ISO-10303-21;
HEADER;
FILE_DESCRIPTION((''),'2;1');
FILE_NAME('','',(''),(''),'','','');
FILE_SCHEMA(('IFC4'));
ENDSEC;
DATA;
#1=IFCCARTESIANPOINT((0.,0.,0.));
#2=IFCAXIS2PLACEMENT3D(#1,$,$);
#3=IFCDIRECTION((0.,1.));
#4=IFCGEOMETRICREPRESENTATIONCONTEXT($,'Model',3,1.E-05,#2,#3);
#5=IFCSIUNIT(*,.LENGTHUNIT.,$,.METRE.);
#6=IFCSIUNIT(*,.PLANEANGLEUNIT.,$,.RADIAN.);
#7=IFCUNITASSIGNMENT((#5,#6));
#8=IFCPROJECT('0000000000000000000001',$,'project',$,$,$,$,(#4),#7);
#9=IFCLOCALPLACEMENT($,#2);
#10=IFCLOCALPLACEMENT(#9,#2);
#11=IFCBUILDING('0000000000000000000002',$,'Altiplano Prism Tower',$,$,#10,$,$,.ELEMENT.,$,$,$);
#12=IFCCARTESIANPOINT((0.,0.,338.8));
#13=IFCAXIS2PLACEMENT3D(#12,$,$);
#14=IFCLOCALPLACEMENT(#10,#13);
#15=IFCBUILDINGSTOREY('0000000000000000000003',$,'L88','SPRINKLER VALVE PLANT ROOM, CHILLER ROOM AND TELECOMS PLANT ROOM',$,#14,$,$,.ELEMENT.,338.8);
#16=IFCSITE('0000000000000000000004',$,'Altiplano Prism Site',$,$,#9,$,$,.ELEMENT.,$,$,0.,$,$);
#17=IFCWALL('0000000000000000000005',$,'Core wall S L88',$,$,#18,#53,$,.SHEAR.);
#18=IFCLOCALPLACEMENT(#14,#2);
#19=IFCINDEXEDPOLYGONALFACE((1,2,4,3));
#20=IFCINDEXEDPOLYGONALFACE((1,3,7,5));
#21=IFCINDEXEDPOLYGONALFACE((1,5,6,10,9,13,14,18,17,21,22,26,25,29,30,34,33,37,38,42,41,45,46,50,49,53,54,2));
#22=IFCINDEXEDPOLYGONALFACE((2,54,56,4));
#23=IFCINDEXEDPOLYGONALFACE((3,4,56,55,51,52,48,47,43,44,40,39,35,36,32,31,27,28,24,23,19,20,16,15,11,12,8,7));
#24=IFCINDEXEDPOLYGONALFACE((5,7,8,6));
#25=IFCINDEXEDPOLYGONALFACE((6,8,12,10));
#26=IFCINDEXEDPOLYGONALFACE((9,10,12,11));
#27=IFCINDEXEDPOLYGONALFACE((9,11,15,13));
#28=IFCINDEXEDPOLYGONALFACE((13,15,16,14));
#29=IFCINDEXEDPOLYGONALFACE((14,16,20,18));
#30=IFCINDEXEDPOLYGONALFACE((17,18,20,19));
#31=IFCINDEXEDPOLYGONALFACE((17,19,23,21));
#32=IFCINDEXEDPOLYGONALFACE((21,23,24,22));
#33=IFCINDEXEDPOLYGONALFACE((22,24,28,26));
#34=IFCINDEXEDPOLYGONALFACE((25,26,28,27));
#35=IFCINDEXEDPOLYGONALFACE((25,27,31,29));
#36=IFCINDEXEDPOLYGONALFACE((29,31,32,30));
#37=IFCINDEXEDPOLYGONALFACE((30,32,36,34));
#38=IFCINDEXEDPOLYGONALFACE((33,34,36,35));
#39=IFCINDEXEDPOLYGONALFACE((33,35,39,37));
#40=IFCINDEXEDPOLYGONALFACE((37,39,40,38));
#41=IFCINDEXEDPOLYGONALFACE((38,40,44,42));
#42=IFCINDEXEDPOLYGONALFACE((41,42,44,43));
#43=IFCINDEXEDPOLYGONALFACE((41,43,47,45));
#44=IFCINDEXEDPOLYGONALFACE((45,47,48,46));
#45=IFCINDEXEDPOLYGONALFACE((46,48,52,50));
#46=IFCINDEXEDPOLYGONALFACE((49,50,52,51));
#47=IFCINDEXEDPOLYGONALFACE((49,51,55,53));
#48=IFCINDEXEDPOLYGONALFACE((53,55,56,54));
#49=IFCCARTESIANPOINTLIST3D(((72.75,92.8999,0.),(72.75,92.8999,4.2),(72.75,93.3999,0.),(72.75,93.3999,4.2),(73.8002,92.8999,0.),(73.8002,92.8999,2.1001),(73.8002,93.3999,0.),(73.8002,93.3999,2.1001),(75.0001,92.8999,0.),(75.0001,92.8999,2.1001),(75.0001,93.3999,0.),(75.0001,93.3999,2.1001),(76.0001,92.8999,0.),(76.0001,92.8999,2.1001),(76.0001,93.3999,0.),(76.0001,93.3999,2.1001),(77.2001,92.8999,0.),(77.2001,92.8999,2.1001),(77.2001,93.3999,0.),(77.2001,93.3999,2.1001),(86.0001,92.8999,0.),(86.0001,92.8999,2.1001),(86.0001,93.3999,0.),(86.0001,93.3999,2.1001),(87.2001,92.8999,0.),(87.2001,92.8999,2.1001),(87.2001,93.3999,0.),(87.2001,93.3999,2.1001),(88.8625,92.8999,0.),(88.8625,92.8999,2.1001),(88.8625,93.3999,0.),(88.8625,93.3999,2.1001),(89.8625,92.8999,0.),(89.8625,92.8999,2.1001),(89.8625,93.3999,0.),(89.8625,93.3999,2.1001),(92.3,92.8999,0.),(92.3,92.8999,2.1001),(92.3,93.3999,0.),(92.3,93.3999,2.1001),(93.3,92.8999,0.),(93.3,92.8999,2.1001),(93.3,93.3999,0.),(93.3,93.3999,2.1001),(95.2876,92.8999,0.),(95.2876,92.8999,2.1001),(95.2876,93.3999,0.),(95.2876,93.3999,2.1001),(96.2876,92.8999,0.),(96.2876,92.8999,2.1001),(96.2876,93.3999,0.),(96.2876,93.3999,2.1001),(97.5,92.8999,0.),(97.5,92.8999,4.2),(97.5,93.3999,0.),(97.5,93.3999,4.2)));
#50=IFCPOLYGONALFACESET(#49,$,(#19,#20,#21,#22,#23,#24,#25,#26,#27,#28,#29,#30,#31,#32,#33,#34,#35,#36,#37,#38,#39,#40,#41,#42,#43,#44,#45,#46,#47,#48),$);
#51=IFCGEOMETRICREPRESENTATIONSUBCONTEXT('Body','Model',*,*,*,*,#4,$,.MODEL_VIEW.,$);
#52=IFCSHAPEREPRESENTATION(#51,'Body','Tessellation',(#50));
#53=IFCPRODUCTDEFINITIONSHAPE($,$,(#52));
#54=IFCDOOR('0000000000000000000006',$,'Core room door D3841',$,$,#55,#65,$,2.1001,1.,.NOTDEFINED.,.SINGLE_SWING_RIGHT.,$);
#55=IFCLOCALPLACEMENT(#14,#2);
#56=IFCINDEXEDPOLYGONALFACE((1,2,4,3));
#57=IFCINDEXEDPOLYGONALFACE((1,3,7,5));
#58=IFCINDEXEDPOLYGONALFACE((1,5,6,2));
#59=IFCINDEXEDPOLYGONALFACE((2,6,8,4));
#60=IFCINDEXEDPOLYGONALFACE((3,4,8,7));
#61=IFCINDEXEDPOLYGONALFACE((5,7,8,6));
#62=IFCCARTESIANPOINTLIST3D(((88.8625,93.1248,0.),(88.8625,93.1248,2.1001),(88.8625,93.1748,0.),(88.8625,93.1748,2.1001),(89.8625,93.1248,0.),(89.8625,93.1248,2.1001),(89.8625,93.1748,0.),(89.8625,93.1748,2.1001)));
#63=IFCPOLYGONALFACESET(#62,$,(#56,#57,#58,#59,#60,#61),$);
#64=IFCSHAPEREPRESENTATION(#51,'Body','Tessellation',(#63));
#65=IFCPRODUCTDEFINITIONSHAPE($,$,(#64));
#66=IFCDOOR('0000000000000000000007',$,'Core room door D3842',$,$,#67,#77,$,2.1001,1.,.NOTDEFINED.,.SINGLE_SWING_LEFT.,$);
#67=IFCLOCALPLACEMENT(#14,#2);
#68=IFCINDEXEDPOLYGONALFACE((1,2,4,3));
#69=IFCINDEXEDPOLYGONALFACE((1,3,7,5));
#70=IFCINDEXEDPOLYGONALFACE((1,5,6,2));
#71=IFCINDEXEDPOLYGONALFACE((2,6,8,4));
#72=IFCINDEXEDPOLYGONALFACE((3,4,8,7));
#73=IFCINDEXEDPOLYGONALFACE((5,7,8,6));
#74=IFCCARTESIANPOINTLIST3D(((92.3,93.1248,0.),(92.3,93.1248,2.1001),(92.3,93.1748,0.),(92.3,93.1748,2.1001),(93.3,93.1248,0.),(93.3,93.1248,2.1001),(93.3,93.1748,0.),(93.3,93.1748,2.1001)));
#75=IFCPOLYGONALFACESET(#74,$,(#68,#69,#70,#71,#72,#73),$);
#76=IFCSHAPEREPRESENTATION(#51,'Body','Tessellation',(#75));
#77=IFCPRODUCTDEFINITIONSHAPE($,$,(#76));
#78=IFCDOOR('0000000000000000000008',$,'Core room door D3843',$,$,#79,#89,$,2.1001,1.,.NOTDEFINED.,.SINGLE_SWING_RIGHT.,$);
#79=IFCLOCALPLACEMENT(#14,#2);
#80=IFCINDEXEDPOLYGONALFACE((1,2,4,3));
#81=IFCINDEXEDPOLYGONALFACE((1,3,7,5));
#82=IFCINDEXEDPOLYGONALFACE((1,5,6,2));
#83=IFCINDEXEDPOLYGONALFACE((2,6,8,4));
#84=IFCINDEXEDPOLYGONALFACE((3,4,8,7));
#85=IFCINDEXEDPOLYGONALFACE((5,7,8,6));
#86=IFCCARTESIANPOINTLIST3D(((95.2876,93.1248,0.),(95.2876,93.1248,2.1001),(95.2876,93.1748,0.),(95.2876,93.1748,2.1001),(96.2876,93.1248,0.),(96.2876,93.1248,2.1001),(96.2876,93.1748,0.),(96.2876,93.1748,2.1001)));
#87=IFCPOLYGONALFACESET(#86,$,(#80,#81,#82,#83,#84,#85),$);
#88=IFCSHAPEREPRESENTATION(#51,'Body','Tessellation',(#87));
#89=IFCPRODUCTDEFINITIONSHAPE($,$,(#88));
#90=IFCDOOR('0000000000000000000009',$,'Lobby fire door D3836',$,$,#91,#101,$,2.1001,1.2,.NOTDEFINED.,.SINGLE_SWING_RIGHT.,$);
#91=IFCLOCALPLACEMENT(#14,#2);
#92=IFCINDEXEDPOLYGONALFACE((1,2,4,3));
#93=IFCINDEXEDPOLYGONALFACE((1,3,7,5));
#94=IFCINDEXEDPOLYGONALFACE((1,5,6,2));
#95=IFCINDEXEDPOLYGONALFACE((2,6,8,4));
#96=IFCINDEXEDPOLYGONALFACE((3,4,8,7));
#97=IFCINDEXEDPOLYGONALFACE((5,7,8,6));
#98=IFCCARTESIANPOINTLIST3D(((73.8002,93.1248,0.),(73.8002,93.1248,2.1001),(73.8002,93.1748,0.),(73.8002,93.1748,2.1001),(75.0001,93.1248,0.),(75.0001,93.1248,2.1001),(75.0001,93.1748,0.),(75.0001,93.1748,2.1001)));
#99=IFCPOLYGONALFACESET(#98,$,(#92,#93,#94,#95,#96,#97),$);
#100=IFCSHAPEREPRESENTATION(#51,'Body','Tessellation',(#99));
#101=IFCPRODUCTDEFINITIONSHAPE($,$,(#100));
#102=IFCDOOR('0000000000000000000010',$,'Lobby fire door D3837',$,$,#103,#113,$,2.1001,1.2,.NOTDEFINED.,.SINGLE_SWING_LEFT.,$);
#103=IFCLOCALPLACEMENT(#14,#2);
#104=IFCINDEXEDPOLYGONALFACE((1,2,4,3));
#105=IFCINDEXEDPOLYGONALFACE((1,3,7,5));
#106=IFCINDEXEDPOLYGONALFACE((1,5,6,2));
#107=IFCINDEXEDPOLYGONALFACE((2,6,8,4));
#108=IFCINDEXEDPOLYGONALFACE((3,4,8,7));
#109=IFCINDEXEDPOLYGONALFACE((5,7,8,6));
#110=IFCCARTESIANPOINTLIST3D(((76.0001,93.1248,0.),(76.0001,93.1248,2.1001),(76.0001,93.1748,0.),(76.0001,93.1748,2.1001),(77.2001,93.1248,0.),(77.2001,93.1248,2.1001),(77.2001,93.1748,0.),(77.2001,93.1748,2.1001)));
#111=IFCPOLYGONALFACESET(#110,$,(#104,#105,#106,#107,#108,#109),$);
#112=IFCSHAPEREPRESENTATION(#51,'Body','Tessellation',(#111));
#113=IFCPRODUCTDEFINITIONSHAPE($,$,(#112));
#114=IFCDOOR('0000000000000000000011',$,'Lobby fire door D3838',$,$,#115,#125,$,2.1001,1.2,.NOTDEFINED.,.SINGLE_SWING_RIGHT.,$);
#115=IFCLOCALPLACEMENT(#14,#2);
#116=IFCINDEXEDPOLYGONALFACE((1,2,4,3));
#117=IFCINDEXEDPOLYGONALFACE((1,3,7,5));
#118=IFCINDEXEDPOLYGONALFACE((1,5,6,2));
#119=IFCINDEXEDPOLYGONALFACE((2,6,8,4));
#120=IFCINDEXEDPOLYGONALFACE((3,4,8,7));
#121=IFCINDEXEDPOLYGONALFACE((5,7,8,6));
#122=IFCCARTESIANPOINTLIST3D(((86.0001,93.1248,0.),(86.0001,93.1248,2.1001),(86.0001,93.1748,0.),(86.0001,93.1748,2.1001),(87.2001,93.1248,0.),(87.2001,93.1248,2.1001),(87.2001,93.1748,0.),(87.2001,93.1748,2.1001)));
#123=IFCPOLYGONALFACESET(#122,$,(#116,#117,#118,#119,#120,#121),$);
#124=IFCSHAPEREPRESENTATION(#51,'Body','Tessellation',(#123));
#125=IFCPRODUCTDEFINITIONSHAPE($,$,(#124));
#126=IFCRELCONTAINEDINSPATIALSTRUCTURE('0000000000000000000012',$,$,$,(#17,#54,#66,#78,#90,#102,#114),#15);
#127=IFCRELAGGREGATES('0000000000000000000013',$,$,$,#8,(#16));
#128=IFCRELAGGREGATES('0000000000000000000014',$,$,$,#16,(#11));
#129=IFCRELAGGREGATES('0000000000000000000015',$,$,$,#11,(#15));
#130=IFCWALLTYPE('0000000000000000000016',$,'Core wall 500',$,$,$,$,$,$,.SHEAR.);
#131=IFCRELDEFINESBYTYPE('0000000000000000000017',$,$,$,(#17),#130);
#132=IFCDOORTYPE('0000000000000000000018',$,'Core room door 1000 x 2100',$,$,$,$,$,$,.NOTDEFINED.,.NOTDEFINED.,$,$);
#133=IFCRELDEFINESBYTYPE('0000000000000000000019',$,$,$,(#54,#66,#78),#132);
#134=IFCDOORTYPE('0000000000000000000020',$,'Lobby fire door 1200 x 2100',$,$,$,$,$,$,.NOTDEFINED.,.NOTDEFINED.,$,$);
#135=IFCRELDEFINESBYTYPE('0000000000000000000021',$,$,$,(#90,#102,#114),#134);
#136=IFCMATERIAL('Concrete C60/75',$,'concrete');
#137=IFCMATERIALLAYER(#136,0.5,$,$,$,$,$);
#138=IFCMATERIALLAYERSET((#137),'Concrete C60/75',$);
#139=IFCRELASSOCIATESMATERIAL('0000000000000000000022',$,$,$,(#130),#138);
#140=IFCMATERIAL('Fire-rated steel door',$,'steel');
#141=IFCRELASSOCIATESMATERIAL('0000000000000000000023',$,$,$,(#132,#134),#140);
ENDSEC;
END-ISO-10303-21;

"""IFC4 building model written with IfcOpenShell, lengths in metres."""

from ifc_helpers import new_model, si_unit, direction, frame, frame_2d, origin, place, context, subcontext, project, spatial, rectangle, extrude, material, layer, layer_set, type_object, element, fill, save


model = new_model("IFC4")

# Units and contexts
model_context = context("Model", 3, precision=1e-05, world=origin(), true_north=direction((0.0, 1.0)))
body_context = subcontext(model_context, "Body", "Model", "MODEL_VIEW")
ifc_project = project(units=[si_unit("LENGTHUNIT", "METRE"), si_unit("PLANEANGLEUNIT", "RADIAN")], contexts=[model_context])

# Site, building, storey
site_placement = place(None, origin())
site = spatial("IfcSite", under=ifc_project, at=site_placement, Name="Altiplano Prism Site", CompositionType="ELEMENT", RefElevation=0.0)
building_placement = place(site_placement, origin())
building = spatial("IfcBuilding", under=site, at=building_placement, Name="Altiplano Prism Tower", CompositionType="ELEMENT")
storey_placement = place(building_placement, frame((0.0, 0.0, 338.8)))
storey = spatial("IfcBuildingStorey", under=building, at=storey_placement, Name="L88", Description="SPRINKLER VALVE PLANT ROOM, CHILLER ROOM AND TELECOMS PLANT ROOM", CompositionType="ELEMENT", Elevation=338.8)

# Shared definitions
ifc_material_1 = material(Name="Concrete C60/75", Category="concrete")

# Wall, openings, doors
ifc_layer_1 = layer(ifc_material_1, 0.5)
ifc_layer_set_1 = layer_set([ifc_layer_1], Name="Concrete C60/75")
wall_type_1 = type_object("IfcWallType", Name="Core wall 500", PredefinedType="SHEAR", material=ifc_layer_set_1)
wall_1_placement = place(storey_placement, frame((72.75, 93.1499, 0.0), z_axis=(0.0, 0.0, 1.0), x_axis=(1.0, 0.0, 0.0)))
wall_1 = element("IfcWall", 1, at=wall_1_placement, inside=storey, type_object=wall_type_1, Name="Core wall S L88", PredefinedType="SHEAR", context=body_context, shape_type="SweptSolid", body=[
    extrude(rectangle(XDim=24.75, YDim=0.5, at=frame_2d((12.375, 0.0))), origin(), (0.0, 0.0, 1.0), 4.2),
])
opening_1_placement = place(wall_1_placement, frame((1.05, 0.0, 0.0)))
opening_1 = element("IfcOpeningElement", 2, at=opening_1_placement, cuts=wall_1, PredefinedType="OPENING", context=body_context, shape_type="SweptSolid", body=[
    extrude(rectangle(XDim=1.2, YDim=2.1001, at=frame_2d((0.6001, 1.05))), frame((0.0, 0.2605, 0.0), z_axis=(0.0, -1.0, 0.0), x_axis=(1.0, 0.0, 0.0)), (0.0, 0.0, 1.0), 0.521),
])
opening_2_placement = place(wall_1_placement, frame((3.25, 0.0, 0.0)))
opening_2 = element("IfcOpeningElement", 3, at=opening_2_placement, cuts=wall_1, PredefinedType="OPENING", context=body_context, shape_type="SweptSolid", body=[
    extrude(rectangle(XDim=1.2, YDim=2.1001, at=frame_2d((0.6001, 1.05))), frame((0.0, 0.2605, 0.0), z_axis=(0.0, -1.0, 0.0), x_axis=(1.0, 0.0, 0.0)), (0.0, 0.0, 1.0), 0.521),
])
opening_3_placement = place(wall_1_placement, frame((13.25, 0.0, 0.0)))
opening_3 = element("IfcOpeningElement", 4, at=opening_3_placement, cuts=wall_1, PredefinedType="OPENING", context=body_context, shape_type="SweptSolid", body=[
    extrude(rectangle(XDim=1.2, YDim=2.1001, at=frame_2d((0.6001, 1.05))), frame((0.0, 0.2605, 0.0), z_axis=(0.0, -1.0, 0.0), x_axis=(1.0, 0.0, 0.0)), (0.0, 0.0, 1.0), 0.521),
])
opening_4_placement = place(wall_1_placement, frame((16.1125, 0.0, 0.0)))
opening_4 = element("IfcOpeningElement", 5, at=opening_4_placement, cuts=wall_1, PredefinedType="OPENING", context=body_context, shape_type="SweptSolid", body=[
    extrude(rectangle(XDim=1.0, YDim=2.1001, at=frame_2d((0.5, 1.05))), frame((0.0, 0.2605, 0.0), z_axis=(0.0, -1.0, 0.0), x_axis=(1.0, 0.0, 0.0)), (0.0, 0.0, 1.0), 0.521),
])
opening_5_placement = place(wall_1_placement, frame((19.55, 0.0, 0.0)))
opening_5 = element("IfcOpeningElement", 6, at=opening_5_placement, cuts=wall_1, PredefinedType="OPENING", context=body_context, shape_type="SweptSolid", body=[
    extrude(rectangle(XDim=1.0, YDim=2.1001, at=frame_2d((0.5, 1.05))), frame((0.0, 0.2605, 0.0), z_axis=(0.0, -1.0, 0.0), x_axis=(1.0, 0.0, 0.0)), (0.0, 0.0, 1.0), 0.521),
])
opening_6_placement = place(wall_1_placement, frame((22.5376, 0.0, 0.0)))
opening_6 = element("IfcOpeningElement", 7, at=opening_6_placement, cuts=wall_1, PredefinedType="OPENING", context=body_context, shape_type="SweptSolid", body=[
    extrude(rectangle(XDim=1.0, YDim=2.1001, at=frame_2d((0.5, 1.05))), frame((0.0, 0.2605, 0.0), z_axis=(0.0, -1.0, 0.0), x_axis=(1.0, 0.0, 0.0)), (0.0, 0.0, 1.0), 0.521),
])
ifc_material_2 = material(Name="Fire-rated steel door", Category="steel")
door_type_1 = type_object("IfcDoorType", Name="Core room door 1000 x 2100", OperationType="NOTDEFINED", PredefinedType="NOTDEFINED", material=ifc_material_2)
door_1_placement = place(opening_4_placement, origin())
door_1 = element("IfcDoor", 8, at=door_1_placement, inside=storey, type_object=door_type_1, Name="Core room door D3841", OperationType="SINGLE_SWING_RIGHT", OverallHeight=2.1001, OverallWidth=1.0, PredefinedType="NOTDEFINED", context=body_context, shape_type="SweptSolid", body=[
    extrude(rectangle(XDim=1.0, YDim=2.1001, at=frame_2d((0.5, 1.05))), frame((0.0, 0.0249, 0.0), z_axis=(0.0, -1.0, 0.0), x_axis=(1.0, 0.0, 0.0)), (0.0, 0.0, 1.0), 0.05),
])
fill(opening_4, door_1)
door_2_placement = place(opening_5_placement, origin())
door_2 = element("IfcDoor", 9, at=door_2_placement, inside=storey, type_object=door_type_1, Name="Core room door D3842", OperationType="SINGLE_SWING_LEFT", OverallHeight=2.1001, OverallWidth=1.0, PredefinedType="NOTDEFINED", context=body_context, shape_type="SweptSolid", body=[
    extrude(rectangle(XDim=1.0, YDim=2.1001, at=frame_2d((0.5, 1.05))), frame((0.0, 0.0249, 0.0), z_axis=(0.0, -1.0, 0.0), x_axis=(1.0, 0.0, 0.0)), (0.0, 0.0, 1.0), 0.05),
])
fill(opening_5, door_2)
door_3_placement = place(opening_6_placement, origin())
door_3 = element("IfcDoor", 10, at=door_3_placement, inside=storey, type_object=door_type_1, Name="Core room door D3843", OperationType="SINGLE_SWING_RIGHT", OverallHeight=2.1001, OverallWidth=1.0, PredefinedType="NOTDEFINED", context=body_context, shape_type="SweptSolid", body=[
    extrude(rectangle(XDim=1.0, YDim=2.1001, at=frame_2d((0.5, 1.05))), frame((0.0, 0.0249, 0.0), z_axis=(0.0, -1.0, 0.0), x_axis=(1.0, 0.0, 0.0)), (0.0, 0.0, 1.0), 0.05),
])
fill(opening_6, door_3)
door_type_2 = type_object("IfcDoorType", Name="Lobby fire door 1200 x 2100", OperationType="NOTDEFINED", PredefinedType="NOTDEFINED", material=ifc_material_2)
door_4_placement = place(opening_1_placement, origin())
door_4 = element("IfcDoor", 11, at=door_4_placement, inside=storey, type_object=door_type_2, Name="Lobby fire door D3836", OperationType="SINGLE_SWING_RIGHT", OverallHeight=2.1001, OverallWidth=1.2, PredefinedType="NOTDEFINED", context=body_context, shape_type="SweptSolid", body=[
    extrude(rectangle(XDim=1.2, YDim=2.1001, at=frame_2d((0.6001, 1.05))), frame((0.0, 0.0249, 0.0), z_axis=(0.0, -1.0, 0.0), x_axis=(1.0, 0.0, 0.0)), (0.0, 0.0, 1.0), 0.05),
])
fill(opening_1, door_4)
door_5_placement = place(opening_2_placement, origin())
door_5 = element("IfcDoor", 12, at=door_5_placement, inside=storey, type_object=door_type_2, Name="Lobby fire door D3837", OperationType="SINGLE_SWING_LEFT", OverallHeight=2.1001, OverallWidth=1.2, PredefinedType="NOTDEFINED", context=body_context, shape_type="SweptSolid", body=[
    extrude(rectangle(XDim=1.2, YDim=2.1001, at=frame_2d((0.6001, 1.05))), frame((0.0, 0.0249, 0.0), z_axis=(0.0, -1.0, 0.0), x_axis=(1.0, 0.0, 0.0)), (0.0, 0.0, 1.0), 0.05),
])
fill(opening_2, door_5)
door_6_placement = place(opening_3_placement, origin())
door_6 = element("IfcDoor", 13, at=door_6_placement, inside=storey, type_object=door_type_2, Name="Lobby fire door D3838", OperationType="SINGLE_SWING_RIGHT", OverallHeight=2.1001, OverallWidth=1.2, PredefinedType="NOTDEFINED", context=body_context, shape_type="SweptSolid", body=[
    extrude(rectangle(XDim=1.2, YDim=2.1001, at=frame_2d((0.6001, 1.05))), frame((0.0, 0.0249, 0.0), z_axis=(0.0, -1.0, 0.0), x_axis=(1.0, 0.0, 0.0)), (0.0, 0.0, 1.0), 0.05),
])
fill(opening_3, door_6)

save(model, "model.ifc")
